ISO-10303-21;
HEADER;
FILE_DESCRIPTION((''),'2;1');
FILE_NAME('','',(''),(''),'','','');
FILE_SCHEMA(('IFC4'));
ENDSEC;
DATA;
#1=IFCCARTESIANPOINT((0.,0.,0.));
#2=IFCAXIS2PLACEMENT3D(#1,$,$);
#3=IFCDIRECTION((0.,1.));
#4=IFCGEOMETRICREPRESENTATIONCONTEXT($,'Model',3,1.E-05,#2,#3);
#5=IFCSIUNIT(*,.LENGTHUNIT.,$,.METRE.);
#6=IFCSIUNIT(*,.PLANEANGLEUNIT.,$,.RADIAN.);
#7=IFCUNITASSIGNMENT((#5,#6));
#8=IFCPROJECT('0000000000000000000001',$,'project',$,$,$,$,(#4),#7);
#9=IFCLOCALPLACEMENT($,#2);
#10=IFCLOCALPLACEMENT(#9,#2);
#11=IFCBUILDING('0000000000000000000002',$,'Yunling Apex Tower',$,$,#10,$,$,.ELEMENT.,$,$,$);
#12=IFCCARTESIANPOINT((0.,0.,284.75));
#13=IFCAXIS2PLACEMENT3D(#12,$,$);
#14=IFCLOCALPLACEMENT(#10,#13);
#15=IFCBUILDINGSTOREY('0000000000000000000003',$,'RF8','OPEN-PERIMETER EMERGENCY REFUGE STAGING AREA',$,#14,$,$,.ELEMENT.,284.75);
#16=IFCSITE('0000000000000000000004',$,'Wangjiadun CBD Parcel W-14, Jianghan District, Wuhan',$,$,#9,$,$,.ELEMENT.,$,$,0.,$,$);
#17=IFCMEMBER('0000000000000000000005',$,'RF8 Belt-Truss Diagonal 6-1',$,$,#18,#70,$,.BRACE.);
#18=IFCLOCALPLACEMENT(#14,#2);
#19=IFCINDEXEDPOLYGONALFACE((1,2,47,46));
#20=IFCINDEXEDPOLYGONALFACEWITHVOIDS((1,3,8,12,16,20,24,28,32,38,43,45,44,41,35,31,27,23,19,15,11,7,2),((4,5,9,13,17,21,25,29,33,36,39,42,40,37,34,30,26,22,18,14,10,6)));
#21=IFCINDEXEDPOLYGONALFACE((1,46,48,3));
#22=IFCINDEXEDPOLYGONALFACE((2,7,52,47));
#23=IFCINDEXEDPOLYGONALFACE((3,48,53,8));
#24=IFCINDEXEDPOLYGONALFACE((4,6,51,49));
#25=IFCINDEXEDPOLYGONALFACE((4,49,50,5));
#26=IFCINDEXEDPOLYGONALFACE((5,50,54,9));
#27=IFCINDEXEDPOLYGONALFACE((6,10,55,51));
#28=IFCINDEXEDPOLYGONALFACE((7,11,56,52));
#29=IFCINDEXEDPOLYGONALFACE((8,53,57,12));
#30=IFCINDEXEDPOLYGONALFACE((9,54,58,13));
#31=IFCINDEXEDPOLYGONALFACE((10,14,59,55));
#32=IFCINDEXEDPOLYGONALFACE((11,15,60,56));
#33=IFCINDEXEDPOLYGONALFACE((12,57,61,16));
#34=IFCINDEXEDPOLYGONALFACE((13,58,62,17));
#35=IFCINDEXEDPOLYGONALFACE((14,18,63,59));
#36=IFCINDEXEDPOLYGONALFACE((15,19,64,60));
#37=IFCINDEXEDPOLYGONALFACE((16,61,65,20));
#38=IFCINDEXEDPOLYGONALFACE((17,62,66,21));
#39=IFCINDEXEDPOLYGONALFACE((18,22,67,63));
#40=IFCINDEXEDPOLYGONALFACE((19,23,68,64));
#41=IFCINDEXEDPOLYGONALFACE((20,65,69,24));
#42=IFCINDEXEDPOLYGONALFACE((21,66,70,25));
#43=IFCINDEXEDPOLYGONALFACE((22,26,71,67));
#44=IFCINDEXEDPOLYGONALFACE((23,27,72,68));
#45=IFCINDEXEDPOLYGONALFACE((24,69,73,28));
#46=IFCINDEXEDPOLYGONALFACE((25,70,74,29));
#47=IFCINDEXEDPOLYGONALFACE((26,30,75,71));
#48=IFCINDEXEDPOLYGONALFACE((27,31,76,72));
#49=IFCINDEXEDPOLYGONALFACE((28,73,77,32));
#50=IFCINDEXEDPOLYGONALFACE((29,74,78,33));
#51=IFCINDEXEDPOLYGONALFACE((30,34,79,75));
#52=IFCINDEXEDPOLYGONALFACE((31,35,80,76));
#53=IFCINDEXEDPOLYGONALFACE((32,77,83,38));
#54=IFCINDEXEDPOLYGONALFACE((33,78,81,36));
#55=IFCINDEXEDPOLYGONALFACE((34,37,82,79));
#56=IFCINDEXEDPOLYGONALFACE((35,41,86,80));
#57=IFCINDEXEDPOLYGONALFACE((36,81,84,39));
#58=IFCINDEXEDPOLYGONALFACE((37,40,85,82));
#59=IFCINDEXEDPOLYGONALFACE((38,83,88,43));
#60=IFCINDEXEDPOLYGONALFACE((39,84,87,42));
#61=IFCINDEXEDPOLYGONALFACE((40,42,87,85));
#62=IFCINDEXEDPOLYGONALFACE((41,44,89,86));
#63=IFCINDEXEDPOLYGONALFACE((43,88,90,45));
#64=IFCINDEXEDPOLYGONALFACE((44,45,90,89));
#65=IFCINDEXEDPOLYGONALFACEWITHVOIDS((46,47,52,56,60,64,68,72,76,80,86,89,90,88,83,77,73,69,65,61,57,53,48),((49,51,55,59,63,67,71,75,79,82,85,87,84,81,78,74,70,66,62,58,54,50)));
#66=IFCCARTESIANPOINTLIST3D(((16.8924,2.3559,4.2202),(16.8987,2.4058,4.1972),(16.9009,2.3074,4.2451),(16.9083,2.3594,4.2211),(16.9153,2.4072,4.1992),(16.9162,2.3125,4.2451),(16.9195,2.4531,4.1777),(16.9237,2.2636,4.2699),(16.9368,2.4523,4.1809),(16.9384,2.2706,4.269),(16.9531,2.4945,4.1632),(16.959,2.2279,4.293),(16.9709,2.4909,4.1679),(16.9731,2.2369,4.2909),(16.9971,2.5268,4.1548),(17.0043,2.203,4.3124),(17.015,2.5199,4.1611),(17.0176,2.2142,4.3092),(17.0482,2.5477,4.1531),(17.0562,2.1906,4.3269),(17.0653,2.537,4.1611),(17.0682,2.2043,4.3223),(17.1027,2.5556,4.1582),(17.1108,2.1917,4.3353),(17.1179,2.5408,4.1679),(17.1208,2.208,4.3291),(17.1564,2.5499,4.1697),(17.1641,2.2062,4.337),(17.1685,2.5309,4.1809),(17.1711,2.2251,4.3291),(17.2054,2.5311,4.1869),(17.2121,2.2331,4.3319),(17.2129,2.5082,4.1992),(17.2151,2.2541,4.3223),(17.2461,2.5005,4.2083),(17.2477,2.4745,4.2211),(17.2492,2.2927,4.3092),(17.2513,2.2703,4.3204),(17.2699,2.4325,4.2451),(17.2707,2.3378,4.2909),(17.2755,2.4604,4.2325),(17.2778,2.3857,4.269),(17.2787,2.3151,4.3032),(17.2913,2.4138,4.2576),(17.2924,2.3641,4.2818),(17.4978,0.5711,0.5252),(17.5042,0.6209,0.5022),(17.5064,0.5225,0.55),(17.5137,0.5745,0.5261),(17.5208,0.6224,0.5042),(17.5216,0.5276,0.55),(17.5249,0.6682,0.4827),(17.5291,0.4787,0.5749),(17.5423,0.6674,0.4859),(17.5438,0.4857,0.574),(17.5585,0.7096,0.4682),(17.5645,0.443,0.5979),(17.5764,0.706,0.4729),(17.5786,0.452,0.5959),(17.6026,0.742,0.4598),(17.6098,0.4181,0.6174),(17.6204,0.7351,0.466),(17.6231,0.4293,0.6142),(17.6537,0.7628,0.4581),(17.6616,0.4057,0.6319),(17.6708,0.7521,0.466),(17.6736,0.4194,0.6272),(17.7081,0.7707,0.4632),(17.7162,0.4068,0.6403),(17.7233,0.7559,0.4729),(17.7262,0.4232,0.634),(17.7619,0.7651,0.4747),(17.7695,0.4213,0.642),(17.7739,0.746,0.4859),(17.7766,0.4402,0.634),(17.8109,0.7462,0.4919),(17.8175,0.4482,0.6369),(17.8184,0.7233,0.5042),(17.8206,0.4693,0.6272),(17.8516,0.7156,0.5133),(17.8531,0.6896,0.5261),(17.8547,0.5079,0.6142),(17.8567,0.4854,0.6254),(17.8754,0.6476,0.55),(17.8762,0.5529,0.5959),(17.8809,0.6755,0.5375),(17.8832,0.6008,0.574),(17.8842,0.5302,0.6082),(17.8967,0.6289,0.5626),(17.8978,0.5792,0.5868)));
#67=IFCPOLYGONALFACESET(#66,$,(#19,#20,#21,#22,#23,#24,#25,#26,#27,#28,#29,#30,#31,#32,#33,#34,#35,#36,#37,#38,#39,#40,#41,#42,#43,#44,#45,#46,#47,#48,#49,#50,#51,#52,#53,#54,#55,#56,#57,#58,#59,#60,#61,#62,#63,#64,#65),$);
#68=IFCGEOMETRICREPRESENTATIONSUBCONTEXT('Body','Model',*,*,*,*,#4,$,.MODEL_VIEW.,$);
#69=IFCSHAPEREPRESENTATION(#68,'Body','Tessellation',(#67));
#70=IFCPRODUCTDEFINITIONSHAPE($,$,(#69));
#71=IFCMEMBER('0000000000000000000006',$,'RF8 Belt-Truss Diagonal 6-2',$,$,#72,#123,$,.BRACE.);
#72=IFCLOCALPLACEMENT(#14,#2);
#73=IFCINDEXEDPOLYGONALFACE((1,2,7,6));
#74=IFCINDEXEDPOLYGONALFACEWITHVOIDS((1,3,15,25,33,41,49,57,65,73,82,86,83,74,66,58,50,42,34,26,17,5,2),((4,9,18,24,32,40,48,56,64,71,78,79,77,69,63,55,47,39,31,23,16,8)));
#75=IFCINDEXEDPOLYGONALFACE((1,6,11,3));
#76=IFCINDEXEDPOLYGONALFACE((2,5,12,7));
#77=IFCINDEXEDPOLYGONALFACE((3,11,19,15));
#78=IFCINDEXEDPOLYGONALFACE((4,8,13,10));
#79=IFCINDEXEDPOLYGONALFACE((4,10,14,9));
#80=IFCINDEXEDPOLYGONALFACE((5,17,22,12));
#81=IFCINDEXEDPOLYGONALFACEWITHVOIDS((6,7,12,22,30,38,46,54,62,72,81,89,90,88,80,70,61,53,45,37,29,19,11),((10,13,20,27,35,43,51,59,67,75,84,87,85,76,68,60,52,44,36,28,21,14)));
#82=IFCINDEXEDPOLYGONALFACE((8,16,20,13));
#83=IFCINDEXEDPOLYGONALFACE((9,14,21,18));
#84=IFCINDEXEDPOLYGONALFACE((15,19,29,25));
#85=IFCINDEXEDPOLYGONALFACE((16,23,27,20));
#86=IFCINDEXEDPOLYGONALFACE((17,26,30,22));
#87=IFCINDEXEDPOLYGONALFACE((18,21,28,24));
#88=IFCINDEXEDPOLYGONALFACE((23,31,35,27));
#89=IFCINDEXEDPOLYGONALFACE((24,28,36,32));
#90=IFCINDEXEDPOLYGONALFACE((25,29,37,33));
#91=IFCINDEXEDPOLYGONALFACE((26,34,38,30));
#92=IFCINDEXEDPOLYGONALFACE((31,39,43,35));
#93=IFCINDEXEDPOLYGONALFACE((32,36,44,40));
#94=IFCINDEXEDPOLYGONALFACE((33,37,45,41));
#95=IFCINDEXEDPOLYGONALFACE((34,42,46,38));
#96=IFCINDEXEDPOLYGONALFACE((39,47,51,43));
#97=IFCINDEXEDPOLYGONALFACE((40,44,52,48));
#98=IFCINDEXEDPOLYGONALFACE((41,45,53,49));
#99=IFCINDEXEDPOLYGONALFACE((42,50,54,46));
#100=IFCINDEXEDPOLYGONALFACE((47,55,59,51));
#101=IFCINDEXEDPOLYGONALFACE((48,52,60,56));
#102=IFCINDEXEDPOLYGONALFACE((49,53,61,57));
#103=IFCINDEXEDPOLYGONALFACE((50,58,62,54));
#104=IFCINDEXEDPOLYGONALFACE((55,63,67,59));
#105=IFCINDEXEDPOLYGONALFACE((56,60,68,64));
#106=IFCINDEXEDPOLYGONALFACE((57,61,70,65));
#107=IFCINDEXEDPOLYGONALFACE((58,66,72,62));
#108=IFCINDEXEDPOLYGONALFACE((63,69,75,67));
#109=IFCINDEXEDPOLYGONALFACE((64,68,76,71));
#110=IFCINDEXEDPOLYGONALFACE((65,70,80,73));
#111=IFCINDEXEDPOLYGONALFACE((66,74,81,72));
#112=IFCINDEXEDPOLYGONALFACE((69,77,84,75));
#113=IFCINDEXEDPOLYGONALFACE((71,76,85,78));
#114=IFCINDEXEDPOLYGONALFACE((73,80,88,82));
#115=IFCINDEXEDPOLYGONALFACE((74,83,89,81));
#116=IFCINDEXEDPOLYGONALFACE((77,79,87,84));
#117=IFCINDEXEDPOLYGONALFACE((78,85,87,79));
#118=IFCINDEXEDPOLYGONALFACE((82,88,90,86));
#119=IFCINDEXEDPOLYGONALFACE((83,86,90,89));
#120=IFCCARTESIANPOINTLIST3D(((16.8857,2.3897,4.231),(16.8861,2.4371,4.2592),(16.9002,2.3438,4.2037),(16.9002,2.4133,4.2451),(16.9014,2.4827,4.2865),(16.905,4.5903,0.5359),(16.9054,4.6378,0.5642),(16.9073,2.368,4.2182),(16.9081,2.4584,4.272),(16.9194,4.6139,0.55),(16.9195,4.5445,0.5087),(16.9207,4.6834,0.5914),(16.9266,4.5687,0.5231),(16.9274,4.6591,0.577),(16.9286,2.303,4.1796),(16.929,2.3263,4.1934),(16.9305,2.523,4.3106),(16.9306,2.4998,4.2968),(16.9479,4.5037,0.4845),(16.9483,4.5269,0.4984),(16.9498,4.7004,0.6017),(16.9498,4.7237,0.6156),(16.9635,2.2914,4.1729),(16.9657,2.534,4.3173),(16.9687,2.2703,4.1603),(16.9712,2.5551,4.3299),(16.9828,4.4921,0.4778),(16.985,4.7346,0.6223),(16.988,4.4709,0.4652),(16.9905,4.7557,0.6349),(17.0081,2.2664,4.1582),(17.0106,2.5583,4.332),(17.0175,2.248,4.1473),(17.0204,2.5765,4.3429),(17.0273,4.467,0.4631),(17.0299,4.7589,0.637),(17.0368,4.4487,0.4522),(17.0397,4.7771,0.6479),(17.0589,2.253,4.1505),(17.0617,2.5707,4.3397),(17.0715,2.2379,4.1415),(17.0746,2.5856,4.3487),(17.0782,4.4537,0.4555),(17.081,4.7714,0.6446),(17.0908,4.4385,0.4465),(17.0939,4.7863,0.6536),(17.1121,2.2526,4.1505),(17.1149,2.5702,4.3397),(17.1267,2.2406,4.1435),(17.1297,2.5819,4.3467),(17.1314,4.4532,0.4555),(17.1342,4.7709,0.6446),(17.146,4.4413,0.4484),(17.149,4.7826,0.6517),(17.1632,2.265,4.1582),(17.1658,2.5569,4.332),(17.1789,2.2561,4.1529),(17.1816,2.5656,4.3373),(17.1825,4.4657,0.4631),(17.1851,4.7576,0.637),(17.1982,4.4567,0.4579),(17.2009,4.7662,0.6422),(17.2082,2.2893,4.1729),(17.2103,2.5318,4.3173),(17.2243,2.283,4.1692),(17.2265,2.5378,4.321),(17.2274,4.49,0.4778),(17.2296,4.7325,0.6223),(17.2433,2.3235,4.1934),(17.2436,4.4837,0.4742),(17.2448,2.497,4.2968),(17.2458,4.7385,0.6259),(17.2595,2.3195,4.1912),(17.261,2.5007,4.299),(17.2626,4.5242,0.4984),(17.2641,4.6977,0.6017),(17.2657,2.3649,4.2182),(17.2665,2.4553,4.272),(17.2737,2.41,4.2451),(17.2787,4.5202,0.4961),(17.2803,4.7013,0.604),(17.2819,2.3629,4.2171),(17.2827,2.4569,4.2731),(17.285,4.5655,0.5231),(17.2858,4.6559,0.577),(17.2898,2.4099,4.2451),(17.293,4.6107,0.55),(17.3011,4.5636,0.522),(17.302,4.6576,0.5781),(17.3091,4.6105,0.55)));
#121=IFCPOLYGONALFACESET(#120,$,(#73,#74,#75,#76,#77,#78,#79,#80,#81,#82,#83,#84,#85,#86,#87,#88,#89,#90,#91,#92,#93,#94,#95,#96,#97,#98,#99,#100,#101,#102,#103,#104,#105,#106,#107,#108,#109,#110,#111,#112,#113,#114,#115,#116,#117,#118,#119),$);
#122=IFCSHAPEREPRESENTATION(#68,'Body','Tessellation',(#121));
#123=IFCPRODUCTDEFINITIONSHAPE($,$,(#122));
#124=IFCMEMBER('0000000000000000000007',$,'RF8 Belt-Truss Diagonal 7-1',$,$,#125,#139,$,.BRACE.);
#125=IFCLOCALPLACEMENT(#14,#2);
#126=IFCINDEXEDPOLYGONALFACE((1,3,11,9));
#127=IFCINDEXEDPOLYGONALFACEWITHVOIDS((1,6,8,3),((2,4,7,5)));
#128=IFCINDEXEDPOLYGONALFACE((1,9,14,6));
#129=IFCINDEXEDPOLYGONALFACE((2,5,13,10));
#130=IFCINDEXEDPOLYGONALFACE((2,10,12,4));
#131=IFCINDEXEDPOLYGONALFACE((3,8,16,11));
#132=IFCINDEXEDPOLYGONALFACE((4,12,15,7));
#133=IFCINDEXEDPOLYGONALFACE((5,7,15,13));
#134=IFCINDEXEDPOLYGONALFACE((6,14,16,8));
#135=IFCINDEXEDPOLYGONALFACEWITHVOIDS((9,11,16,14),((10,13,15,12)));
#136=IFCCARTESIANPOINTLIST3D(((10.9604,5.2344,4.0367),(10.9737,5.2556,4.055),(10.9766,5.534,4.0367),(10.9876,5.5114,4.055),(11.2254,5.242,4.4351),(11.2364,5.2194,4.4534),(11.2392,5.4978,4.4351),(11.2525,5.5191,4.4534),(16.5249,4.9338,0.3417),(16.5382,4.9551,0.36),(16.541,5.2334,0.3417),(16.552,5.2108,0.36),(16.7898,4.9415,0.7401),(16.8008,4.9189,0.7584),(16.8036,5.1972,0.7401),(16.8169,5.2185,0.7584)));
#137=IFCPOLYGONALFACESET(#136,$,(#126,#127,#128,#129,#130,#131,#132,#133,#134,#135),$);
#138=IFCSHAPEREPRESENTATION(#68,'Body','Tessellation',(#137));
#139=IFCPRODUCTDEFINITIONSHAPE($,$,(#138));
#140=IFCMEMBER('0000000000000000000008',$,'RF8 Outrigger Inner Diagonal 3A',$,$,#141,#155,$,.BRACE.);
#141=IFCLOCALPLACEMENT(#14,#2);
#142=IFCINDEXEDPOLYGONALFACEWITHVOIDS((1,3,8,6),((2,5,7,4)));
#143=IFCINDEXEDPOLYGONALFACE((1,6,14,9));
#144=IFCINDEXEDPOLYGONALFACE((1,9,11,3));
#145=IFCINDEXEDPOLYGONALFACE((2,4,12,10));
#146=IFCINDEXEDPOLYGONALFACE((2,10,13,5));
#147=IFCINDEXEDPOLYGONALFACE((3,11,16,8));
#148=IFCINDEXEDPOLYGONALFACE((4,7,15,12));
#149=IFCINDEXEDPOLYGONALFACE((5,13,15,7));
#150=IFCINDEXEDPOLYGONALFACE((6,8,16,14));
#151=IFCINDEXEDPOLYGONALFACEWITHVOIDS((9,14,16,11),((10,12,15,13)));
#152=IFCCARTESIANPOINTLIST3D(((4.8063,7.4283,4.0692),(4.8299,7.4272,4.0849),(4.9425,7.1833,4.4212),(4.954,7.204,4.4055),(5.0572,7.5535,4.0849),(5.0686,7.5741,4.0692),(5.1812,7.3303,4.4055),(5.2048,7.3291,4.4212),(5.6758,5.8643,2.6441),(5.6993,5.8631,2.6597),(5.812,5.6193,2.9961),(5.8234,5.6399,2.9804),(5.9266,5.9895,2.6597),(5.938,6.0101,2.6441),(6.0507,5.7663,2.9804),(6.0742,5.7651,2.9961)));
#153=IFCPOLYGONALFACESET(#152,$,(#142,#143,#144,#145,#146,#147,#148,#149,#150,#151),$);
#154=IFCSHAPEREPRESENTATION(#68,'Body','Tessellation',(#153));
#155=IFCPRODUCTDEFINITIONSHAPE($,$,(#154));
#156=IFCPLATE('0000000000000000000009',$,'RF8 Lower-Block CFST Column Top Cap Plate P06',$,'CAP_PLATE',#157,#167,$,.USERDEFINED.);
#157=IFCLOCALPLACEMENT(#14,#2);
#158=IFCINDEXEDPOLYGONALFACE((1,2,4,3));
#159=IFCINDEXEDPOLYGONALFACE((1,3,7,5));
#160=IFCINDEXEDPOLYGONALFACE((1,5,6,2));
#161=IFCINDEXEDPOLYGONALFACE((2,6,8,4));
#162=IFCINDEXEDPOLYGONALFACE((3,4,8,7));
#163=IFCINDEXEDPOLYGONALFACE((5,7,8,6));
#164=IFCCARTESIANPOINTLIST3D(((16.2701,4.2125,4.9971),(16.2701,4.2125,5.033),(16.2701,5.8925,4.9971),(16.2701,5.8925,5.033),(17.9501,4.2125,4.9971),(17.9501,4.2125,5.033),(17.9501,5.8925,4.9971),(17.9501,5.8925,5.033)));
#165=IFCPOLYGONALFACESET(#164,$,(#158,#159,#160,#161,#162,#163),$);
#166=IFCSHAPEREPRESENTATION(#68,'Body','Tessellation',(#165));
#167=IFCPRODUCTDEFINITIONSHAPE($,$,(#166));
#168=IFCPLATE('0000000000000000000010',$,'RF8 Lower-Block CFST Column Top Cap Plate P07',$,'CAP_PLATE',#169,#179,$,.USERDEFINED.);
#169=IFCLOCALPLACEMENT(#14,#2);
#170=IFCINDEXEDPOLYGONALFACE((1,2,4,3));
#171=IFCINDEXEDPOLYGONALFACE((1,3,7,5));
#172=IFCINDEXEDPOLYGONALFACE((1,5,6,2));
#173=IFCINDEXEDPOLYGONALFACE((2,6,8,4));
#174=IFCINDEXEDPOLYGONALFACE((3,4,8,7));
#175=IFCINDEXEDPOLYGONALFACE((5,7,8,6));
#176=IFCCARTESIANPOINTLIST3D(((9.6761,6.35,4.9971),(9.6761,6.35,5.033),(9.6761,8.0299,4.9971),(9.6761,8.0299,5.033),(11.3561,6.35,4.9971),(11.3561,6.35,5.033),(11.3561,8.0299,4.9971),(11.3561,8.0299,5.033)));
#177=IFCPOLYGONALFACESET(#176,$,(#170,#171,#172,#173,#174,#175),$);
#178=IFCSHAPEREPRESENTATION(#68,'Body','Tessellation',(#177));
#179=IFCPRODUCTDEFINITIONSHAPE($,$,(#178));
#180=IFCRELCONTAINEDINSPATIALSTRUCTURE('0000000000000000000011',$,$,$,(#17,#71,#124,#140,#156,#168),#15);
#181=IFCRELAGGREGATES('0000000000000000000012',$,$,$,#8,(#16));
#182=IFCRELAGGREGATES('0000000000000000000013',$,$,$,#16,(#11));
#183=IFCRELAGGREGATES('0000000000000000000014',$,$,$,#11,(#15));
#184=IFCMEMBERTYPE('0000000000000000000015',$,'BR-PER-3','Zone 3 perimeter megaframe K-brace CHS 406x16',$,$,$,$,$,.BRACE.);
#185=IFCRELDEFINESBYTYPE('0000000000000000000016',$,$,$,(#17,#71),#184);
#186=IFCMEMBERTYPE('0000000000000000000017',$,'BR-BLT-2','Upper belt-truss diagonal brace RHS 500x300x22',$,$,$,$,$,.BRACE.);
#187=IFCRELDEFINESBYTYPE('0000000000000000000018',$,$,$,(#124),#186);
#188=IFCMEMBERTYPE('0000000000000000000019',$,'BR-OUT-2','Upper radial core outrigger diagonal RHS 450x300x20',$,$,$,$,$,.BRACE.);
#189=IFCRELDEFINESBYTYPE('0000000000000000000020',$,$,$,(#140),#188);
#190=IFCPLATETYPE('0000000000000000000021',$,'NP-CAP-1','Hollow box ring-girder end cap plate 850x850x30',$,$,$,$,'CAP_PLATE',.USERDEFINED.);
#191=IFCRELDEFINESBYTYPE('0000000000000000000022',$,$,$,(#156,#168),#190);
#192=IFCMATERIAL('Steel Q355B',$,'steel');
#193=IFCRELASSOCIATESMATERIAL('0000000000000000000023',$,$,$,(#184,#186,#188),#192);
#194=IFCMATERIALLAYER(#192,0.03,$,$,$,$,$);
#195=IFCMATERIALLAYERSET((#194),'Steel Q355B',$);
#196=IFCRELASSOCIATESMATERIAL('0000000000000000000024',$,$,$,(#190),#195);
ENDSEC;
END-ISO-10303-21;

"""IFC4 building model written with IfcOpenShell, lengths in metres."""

from ifc_helpers import new_model, si_unit, direction, frame, origin, origin_2d, place, context, subcontext, project, spatial, rectangle, hollow_rectangle, hollow_circle, extrude, source, transform, mapped, material, layer, layer_set, material_profile, profile_set, type_object, element, save


model = new_model("IFC4")

# Units and contexts
model_context = context("Model", 3, precision=1e-05, world=origin(), true_north=direction((0.0, 1.0)))
body_context = subcontext(model_context, "Body", "Model", "MODEL_VIEW")
ifc_project = project(units=[si_unit("LENGTHUNIT", "METRE"), si_unit("PLANEANGLEUNIT", "RADIAN")], contexts=[model_context])

# Site, building, storey
site_placement = place(None, origin())
site = spatial("IfcSite", under=ifc_project, at=site_placement, Name="Wangjiadun CBD Parcel W-14, Jianghan District, Wuhan", CompositionType="ELEMENT", RefElevation=0.0)
building_placement = place(site_placement, origin())
building = spatial("IfcBuilding", under=site, at=building_placement, Name="Yunling Apex Tower", CompositionType="ELEMENT")
storey_placement = place(building_placement, frame((0.0, 0.0, 284.75)))
storey = spatial("IfcBuildingStorey", under=building, at=storey_placement, Name="RF8", Description="OPEN-PERIMETER EMERGENCY REFUGE STAGING AREA", CompositionType="ELEMENT", Elevation=284.75)

# Shared definitions
ifc_material_1 = material(Name="Steel Q355B", Category="steel")

# Members
ifc_material_profile_1 = material_profile(ifc_material_1, hollow_circle(Radius=0.2029, WallThickness=0.0161, at=origin_2d()))
ifc_profile_set_1 = profile_set([ifc_material_profile_1], Name="Steel Q355B")
member_type_1 = type_object("IfcMemberType", Name="BR-PER-3", Description="Zone 3 perimeter megaframe K-brace CHS 406x16", PredefinedType="BRACE", material=ifc_profile_set_1)
shared_shape_1 = source(origin(), body_context, "Body", "SweptSolid", [
    extrude(hollow_circle(Radius=0.2029, WallThickness=0.0161, at=origin_2d()), origin(), (0.0, 0.0, 1.0), 4.1479),
])
member_1_placement = place(storey_placement, frame((17.6985, 0.5876, 0.55), z_axis=(-0.145966, 0.430305, 0.890804), x_axis=(-0.946999, -0.321236, 0.0)))
element("IfcMember", 1, at=member_1_placement, inside=storey, type_object=member_type_1, Name="RF8 Belt-Truss Diagonal 6-1", PredefinedType="BRACE", context=body_context, shape_type="MappedRepresentation", body=[
    mapped(shared_shape_1, transform((0.0, 0.0, 0.0), scale=1.0)),
])
shared_shape_2 = source(origin(), body_context, "Body", "SweptSolid", [
    extrude(hollow_circle(Radius=0.2029, WallThickness=0.0161, at=origin_2d()), origin(), (0.0, 0.0, 1.0), 4.3008),
])
member_2_placement = place(storey_placement, frame((17.1062, 4.6123, 0.55), z_axis=(-0.004485, -0.511691, 0.859158), x_axis=(0.999962, -0.008764, 0.0)))
element("IfcMember", 2, at=member_2_placement, inside=storey, type_object=member_type_1, Name="RF8 Belt-Truss Diagonal 6-2", PredefinedType="BRACE", context=body_context, shape_type="MappedRepresentation", body=[
    mapped(shared_shape_2, transform((0.0, 0.0, 0.0), scale=1.0)),
])
ifc_material_profile_2 = material_profile(ifc_material_1, hollow_rectangle(XDim=0.3, YDim=0.5, WallThickness=0.022, at=origin_2d()))
ifc_profile_set_2 = profile_set([ifc_material_profile_2], Name="Steel Q355B")
member_type_2 = type_object("IfcMemberType", Name="BR-BLT-2", Description="Upper belt-truss diagonal brace RHS 500x300x22", PredefinedType="BRACE", material=ifc_profile_set_2)
shared_shape_3 = source(origin(), body_context, "Body", "SweptSolid", [
    extrude(hollow_rectangle(XDim=0.3, YDim=0.5, WallThickness=0.022, at=origin_2d()), origin(), (0.0, 0.0, 1.0), 6.6863),
])
member_3_placement = place(storey_placement, frame((16.6709, 5.0762, 0.55), z_axis=(-0.832214, 0.044948, 0.55263), x_axis=(-0.053932, -0.998545, 0.0)))
element("IfcMember", 3, at=member_3_placement, inside=storey, type_object=member_type_2, Name="RF8 Belt-Truss Diagonal 7-1", PredefinedType="BRACE", context=body_context, shape_type="MappedRepresentation", body=[
    mapped(shared_shape_3, transform((0.0, 0.0, 0.0), scale=1.0)),
])
ifc_material_profile_3 = material_profile(ifc_material_1, hollow_rectangle(XDim=0.3, YDim=0.45, WallThickness=0.02, at=origin_2d()))
ifc_profile_set_3 = profile_set([ifc_material_profile_3], Name="Steel Q355B")
member_type_3 = type_object("IfcMemberType", Name="BR-OUT-2", Description="Upper radial core outrigger diagonal RHS 450x300x20", PredefinedType="BRACE", material=ifc_profile_set_3)
shared_shape_4 = source(origin(), body_context, "Body", "SweptSolid", [
    extrude(hollow_rectangle(XDim=0.3, YDim=0.45, WallThickness=0.02, at=origin_2d()), origin(), (0.0, 0.0, 1.0), 2.2876),
])
member_4_placement = place(storey_placement, frame((5.875, 5.8147, 2.8201), z_axis=(-0.380062, 0.683705, 0.622977), x_axis=(-0.874035, -0.485863, 0.0)))
element("IfcMember", 4, at=member_4_placement, inside=storey, type_object=member_type_3, Name="RF8 Outrigger Inner Diagonal 3A", PredefinedType="BRACE", context=body_context, shape_type="MappedRepresentation", body=[
    mapped(shared_shape_4, transform((0.0, 0.0, 0.0), scale=1.0)),
])

# Plates
ifc_layer_1 = layer(ifc_material_1, 0.03)
ifc_layer_set_1 = layer_set([ifc_layer_1], Name="Steel Q355B")
plate_type_1 = type_object("IfcPlateType", Name="NP-CAP-1", Description="Hollow box ring-girder end cap plate 850x850x30", ElementType="CAP_PLATE", PredefinedType="USERDEFINED", material=ifc_layer_set_1)
shared_shape_5 = source(origin(), body_context, "Body", "SweptSolid", [
    extrude(rectangle(XDim=1.6799, YDim=1.6799, at=origin_2d()), origin(), (0.0, 0.0, 1.0), 0.0359),
])
for number, where, z_axis, x_axis, name in (
    (5, (17.1101, 5.0525, 4.9971), (0.0, 0.0, 1.0), (1.0, 0.0, 0.0), "RF8 Lower-Block CFST Column Top Cap Plate P06"),
    (6, (10.5161, 7.1899, 4.9971), (0.0, 0.0, 1.0), (1.0, 0.0, 0.0), "RF8 Lower-Block CFST Column Top Cap Plate P07"),
):
    element("IfcPlate", number, at=place(storey_placement, frame(where, z_axis=z_axis, x_axis=x_axis)), inside=storey, type_object=plate_type_1, Name=name, ObjectType="CAP_PLATE", PredefinedType="USERDEFINED", context=body_context, shape_type="MappedRepresentation", body=[
        mapped(shared_shape_5, transform((0.0, 0.0, 0.0), scale=1.0)),
    ])

save(model, "model.ifc")
